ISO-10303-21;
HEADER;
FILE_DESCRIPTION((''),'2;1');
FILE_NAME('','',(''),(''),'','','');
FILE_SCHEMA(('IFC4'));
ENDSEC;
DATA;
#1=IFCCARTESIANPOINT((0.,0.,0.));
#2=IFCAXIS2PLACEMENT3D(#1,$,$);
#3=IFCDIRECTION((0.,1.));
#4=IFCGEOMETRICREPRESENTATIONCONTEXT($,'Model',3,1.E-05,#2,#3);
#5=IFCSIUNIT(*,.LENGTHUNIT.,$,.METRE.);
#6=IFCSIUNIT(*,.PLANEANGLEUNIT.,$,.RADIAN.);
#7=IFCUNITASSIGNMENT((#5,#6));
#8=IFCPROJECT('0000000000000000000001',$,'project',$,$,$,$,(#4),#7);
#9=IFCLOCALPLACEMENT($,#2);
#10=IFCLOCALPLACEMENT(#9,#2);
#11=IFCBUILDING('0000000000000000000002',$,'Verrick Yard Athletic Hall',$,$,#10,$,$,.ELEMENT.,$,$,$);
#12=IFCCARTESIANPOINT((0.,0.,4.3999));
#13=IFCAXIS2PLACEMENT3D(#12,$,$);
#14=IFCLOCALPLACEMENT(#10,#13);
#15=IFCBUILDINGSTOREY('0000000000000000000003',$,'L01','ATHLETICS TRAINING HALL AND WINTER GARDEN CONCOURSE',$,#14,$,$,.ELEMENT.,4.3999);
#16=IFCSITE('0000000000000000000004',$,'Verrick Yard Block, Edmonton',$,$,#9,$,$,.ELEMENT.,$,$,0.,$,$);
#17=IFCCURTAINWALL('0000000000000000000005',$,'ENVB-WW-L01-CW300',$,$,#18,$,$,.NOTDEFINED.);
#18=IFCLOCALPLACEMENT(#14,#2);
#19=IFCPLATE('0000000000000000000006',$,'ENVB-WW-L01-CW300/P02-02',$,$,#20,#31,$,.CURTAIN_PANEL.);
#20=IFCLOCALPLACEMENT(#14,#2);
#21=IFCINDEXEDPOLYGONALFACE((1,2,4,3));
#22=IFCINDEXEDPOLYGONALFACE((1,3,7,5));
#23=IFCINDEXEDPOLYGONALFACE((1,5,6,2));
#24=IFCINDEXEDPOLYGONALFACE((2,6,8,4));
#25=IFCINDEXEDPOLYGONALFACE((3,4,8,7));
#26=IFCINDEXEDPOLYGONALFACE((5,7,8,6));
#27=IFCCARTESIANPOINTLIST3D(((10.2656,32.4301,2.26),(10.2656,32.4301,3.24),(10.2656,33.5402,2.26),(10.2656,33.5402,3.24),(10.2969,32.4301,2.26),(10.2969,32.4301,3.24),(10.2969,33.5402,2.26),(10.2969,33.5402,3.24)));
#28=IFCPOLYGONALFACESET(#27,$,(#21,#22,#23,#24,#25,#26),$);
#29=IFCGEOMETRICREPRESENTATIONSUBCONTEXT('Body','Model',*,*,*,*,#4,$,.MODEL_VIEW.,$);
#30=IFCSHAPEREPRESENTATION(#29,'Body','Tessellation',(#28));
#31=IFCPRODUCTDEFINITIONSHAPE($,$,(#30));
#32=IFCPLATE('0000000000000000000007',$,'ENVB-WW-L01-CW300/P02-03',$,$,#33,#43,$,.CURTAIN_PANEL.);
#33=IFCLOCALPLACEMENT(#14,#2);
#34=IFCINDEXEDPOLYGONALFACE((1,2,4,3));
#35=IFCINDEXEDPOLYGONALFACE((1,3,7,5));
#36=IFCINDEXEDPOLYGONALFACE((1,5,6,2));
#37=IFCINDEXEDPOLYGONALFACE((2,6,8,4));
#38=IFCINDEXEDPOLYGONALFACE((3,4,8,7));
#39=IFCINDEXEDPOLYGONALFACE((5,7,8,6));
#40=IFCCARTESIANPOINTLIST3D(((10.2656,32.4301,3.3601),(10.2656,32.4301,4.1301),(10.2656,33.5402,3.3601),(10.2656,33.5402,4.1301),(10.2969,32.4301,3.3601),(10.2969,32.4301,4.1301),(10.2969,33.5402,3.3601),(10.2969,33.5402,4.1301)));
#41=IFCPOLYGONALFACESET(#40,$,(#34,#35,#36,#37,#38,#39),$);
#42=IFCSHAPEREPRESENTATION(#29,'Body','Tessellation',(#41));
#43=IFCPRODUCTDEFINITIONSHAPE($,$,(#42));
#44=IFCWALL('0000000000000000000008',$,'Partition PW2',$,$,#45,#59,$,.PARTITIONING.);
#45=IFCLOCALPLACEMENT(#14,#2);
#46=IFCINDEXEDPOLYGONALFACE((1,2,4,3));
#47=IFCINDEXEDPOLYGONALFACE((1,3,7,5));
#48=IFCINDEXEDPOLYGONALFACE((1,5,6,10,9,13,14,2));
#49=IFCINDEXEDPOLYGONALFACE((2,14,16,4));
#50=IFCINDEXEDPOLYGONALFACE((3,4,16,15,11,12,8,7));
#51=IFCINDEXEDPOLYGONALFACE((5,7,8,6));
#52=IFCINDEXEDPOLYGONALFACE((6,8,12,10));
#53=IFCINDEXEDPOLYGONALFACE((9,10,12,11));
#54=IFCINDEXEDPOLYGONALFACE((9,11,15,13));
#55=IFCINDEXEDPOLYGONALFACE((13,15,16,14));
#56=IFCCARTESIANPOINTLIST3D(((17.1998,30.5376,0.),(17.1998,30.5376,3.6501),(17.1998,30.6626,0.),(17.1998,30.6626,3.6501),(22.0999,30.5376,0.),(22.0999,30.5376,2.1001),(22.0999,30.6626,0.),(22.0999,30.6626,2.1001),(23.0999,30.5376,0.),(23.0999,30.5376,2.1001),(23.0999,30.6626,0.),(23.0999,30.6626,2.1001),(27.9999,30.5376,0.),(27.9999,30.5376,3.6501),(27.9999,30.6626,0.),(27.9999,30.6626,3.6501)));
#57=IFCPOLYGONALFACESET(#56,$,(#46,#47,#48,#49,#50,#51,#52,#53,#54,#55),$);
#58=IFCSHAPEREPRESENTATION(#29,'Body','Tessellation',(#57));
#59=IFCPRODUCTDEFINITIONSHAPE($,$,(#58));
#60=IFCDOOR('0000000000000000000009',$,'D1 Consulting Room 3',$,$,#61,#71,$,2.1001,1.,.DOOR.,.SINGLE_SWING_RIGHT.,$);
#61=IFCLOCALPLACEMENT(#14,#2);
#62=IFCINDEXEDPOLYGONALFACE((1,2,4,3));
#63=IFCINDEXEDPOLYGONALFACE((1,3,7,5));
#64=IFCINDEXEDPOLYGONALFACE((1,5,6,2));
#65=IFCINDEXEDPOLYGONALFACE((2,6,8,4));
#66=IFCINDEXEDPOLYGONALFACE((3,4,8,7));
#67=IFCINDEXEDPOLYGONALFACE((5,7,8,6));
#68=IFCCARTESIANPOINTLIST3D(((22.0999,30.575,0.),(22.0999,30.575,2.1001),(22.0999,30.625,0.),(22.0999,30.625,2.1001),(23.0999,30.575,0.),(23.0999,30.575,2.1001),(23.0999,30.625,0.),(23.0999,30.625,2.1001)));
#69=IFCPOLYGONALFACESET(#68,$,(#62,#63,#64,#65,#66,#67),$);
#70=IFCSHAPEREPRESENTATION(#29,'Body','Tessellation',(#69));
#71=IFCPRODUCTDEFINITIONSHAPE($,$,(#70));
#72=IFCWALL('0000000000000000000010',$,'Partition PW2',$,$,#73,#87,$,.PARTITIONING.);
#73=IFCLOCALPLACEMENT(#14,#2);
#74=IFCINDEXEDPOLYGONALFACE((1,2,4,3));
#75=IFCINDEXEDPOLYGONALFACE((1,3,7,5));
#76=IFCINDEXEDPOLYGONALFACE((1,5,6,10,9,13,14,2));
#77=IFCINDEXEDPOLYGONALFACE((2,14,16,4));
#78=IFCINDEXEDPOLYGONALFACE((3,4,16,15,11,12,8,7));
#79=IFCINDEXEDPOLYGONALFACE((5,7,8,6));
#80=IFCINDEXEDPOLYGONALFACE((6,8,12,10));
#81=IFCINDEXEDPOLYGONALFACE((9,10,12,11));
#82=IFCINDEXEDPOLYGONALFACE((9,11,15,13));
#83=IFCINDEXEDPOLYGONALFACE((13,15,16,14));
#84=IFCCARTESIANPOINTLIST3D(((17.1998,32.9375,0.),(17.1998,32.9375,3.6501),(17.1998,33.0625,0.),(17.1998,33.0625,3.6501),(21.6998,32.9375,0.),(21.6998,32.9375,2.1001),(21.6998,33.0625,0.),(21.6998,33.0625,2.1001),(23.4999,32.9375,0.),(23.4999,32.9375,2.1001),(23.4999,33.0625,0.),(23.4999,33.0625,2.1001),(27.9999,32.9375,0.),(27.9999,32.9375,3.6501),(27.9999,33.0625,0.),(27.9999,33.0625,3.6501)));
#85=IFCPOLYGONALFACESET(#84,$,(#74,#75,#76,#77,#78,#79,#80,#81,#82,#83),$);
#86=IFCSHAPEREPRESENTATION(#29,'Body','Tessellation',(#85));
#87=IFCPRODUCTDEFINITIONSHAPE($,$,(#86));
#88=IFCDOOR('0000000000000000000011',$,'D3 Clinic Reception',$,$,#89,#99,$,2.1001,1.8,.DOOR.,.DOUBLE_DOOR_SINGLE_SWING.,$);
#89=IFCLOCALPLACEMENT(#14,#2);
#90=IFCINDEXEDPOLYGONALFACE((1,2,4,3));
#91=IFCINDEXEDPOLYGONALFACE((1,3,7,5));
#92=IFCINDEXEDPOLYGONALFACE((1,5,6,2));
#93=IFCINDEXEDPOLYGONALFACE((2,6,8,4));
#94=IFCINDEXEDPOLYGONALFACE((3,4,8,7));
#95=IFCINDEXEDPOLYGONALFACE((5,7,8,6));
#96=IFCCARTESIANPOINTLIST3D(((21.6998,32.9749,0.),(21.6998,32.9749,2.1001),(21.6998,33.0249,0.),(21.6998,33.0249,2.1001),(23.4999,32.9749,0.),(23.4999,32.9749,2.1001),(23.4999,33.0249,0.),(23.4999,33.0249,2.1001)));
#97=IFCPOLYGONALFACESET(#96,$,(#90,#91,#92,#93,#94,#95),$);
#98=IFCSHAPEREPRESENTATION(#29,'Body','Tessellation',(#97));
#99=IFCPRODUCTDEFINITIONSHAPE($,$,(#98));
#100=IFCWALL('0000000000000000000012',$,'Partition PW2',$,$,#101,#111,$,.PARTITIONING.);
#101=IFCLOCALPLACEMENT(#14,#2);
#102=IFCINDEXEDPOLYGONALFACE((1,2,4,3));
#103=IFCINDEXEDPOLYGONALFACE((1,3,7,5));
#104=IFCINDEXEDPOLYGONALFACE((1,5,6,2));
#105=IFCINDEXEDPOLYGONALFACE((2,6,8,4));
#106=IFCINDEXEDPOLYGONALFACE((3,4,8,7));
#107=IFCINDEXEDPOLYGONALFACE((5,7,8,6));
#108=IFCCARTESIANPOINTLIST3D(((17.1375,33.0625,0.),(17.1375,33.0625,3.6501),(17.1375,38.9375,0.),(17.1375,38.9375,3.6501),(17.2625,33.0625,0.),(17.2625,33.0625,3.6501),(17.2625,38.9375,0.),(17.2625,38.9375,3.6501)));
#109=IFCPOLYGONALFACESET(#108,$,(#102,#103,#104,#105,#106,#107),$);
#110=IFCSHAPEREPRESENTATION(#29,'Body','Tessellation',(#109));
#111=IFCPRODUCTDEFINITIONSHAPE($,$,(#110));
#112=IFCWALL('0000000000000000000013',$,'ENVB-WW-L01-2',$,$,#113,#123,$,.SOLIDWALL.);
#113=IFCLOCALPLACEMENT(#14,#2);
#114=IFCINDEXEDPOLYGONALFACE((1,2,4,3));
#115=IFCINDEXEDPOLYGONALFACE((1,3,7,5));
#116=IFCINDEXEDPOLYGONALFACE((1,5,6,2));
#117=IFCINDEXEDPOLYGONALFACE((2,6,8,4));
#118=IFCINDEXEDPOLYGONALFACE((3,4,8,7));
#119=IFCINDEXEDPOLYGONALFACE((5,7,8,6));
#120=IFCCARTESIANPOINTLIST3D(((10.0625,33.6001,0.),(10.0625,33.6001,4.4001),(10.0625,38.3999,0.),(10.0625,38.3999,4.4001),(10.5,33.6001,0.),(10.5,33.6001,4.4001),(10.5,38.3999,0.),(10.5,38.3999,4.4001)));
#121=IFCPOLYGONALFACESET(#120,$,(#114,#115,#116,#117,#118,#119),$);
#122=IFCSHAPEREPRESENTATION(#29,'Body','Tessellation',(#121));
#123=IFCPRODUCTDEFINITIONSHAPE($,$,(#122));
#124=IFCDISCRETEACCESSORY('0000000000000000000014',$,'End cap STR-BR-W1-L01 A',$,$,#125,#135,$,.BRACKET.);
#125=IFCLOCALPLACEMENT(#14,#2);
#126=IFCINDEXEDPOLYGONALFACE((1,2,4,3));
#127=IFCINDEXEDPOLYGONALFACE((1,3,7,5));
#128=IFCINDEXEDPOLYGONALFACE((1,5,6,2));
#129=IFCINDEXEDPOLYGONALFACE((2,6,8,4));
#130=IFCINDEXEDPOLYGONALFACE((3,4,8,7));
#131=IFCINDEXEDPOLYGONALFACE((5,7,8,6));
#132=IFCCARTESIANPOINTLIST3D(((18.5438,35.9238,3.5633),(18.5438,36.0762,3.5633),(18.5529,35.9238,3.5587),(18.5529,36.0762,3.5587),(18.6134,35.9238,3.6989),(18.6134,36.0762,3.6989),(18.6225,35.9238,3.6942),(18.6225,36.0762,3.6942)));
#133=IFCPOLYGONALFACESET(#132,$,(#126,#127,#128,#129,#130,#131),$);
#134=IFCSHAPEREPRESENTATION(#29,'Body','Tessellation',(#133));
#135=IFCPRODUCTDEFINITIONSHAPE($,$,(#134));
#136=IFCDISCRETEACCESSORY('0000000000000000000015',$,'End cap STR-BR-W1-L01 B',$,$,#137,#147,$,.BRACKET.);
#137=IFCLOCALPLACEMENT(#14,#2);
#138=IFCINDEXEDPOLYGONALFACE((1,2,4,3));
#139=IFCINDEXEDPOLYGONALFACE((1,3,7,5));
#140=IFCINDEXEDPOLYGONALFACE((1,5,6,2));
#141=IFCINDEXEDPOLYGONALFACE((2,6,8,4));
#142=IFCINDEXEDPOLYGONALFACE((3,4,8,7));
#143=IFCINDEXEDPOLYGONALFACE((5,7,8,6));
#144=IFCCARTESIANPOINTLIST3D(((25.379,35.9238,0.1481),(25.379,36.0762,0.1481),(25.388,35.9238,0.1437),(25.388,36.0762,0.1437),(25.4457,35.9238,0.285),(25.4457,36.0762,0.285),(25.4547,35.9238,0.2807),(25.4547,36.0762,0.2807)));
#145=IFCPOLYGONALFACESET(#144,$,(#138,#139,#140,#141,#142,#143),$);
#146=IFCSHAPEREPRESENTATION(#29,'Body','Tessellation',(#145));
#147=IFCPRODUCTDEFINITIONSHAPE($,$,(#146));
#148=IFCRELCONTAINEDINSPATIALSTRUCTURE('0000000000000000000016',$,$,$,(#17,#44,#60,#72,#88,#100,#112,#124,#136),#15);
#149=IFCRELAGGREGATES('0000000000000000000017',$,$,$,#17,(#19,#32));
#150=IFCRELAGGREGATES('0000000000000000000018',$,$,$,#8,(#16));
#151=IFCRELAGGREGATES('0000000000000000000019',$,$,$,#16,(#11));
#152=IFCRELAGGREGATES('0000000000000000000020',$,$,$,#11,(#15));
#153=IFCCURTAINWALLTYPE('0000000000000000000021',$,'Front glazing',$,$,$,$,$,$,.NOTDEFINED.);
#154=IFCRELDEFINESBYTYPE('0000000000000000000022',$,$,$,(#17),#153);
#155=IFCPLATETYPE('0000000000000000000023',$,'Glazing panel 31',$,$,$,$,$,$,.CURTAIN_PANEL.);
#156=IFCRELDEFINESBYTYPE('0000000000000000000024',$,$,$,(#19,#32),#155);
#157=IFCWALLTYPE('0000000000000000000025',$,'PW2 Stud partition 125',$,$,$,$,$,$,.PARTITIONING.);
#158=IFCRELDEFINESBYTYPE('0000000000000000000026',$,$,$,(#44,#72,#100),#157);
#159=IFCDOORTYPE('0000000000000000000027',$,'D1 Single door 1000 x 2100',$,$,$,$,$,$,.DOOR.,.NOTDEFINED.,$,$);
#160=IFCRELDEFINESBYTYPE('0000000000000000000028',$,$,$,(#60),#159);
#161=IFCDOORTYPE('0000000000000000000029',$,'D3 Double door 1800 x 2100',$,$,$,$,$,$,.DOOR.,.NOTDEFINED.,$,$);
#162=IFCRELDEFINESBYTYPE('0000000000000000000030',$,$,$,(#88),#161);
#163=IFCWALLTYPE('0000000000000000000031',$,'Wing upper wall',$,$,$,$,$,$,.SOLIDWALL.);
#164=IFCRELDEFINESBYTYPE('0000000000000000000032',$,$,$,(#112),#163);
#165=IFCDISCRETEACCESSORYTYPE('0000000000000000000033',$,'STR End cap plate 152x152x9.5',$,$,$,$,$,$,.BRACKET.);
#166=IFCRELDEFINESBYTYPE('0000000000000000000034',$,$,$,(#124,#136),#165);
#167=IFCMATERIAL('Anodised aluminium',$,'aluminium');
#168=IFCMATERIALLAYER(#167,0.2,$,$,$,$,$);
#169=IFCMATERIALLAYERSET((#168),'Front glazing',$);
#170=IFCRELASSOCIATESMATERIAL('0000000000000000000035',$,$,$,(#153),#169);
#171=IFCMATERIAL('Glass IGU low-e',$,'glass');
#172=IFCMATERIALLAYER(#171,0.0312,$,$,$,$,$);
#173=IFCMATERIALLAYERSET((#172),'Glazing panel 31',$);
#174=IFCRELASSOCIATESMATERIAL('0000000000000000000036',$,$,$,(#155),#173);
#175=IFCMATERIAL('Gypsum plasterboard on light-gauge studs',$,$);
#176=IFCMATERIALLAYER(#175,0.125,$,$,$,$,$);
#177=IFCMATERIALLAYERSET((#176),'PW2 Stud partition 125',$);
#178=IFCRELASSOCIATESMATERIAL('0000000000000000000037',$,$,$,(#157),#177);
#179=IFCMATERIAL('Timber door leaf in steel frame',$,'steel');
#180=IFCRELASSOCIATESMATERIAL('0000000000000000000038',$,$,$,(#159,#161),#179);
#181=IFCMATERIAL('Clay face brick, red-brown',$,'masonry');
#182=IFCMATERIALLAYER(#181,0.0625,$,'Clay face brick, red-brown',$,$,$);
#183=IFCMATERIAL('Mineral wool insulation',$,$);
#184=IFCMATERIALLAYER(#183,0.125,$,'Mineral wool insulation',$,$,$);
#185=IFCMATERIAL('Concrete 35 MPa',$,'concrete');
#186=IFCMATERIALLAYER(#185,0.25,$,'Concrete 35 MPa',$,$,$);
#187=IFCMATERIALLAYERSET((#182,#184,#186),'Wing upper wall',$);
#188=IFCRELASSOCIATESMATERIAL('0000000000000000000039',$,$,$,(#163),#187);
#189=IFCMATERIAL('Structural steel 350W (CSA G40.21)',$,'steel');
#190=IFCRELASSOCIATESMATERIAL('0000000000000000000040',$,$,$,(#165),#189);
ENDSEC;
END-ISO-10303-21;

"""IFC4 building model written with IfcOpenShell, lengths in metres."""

from ifc_helpers import new_model, si_unit, direction, frame, frame_2d, origin, origin_2d, place, context, subcontext, project, spatial, rectangle, extrude, material, layer, layer_set, material_profile, profile_set, type_object, element, fill, aggregate, save


model = new_model("IFC4")

# Units and contexts
model_context = context("Model", 3, precision=1e-05, world=origin(), true_north=direction((0.0, 1.0)))
body_context = subcontext(model_context, "Body", "Model", "MODEL_VIEW")
ifc_project = project(units=[si_unit("LENGTHUNIT", "METRE"), si_unit("PLANEANGLEUNIT", "RADIAN")], contexts=[model_context])

# Site, building, storey
site_placement = place(None, origin())
site = spatial("IfcSite", under=ifc_project, at=site_placement, Name="Verrick Yard Block, Edmonton", CompositionType="ELEMENT", RefElevation=0.0)
building_placement = place(site_placement, origin())
building = spatial("IfcBuilding", under=site, at=building_placement, Name="Verrick Yard Athletic Hall", CompositionType="ELEMENT")
storey_placement = place(building_placement, frame((0.0, 0.0, 4.3999)))
storey = spatial("IfcBuildingStorey", under=building, at=storey_placement, Name="L01", Description="ATHLETICS TRAINING HALL AND WINTER GARDEN CONCOURSE", CompositionType="ELEMENT", Elevation=4.3999)

# Shared definitions
ifc_material_1 = material(Name="Structural steel 350W (CSA G40.21)", Category="steel")

# Curtain wall
ifc_material_2 = material(Name="Anodised aluminium", Category="aluminium")
ifc_layer_1 = layer(ifc_material_2, 0.2)
ifc_layer_set_1 = layer_set([ifc_layer_1], Name="Front glazing")
curtain_wall_type = type_object("IfcCurtainWallType", Name="Front glazing", PredefinedType="NOTDEFINED", material=ifc_layer_set_1)
curtain_wall_1_placement = place(storey_placement, origin())
curtain_wall_1 = element("IfcCurtainWall", 1, at=curtain_wall_1_placement, inside=storey, type_object=curtain_wall_type, Name="ENVB-WW-L01-CW300", PredefinedType="NOTDEFINED")

# Plates
ifc_material_3 = material(Name="Glass IGU low-e", Category="glass")
ifc_layer_2 = layer(ifc_material_3, 0.0312)
ifc_layer_set_2 = layer_set([ifc_layer_2], Name="Glazing panel 31")
plate_type = type_object("IfcPlateType", Name="Glazing panel 31", PredefinedType="CURTAIN_PANEL", material=ifc_layer_set_2)
plate_1_placement = place(storey_placement, frame((10.2812, 32.9851, 2.26), z_axis=(0.0, 0.0, 1.0), x_axis=(0.0, 1.0, 0.0)))
plate_1 = element("IfcPlate", 2, at=plate_1_placement, type_object=plate_type, Name="ENVB-WW-L01-CW300/P02-02", PredefinedType="CURTAIN_PANEL", context=body_context, shape_type="SweptSolid", body=[
    extrude(rectangle(XDim=1.1101, YDim=0.0312, at=origin_2d()), origin(), (0.0, 0.0, 1.0), 0.98),
])
plate_2_placement = place(storey_placement, frame((10.2812, 32.9851, 3.3601), z_axis=(0.0, 0.0, 1.0), x_axis=(0.0, 1.0, 0.0)))
plate_2 = element("IfcPlate", 3, at=plate_2_placement, type_object=plate_type, Name="ENVB-WW-L01-CW300/P02-03", PredefinedType="CURTAIN_PANEL", context=body_context, shape_type="SweptSolid", body=[
    extrude(rectangle(XDim=1.1101, YDim=0.0312, at=origin_2d()), origin(), (0.0, 0.0, 1.0), 0.77),
])
aggregate(curtain_wall_1, [plate_1, plate_2])

# Walls, openings, doors
ifc_material_4 = material(Name="Gypsum plasterboard on light-gauge studs")
ifc_layer_3 = layer(ifc_material_4, 0.125)
ifc_layer_set_3 = layer_set([ifc_layer_3], Name="PW2 Stud partition 125")
wall_type_1 = type_object("IfcWallType", Name="PW2 Stud partition 125", PredefinedType="PARTITIONING", material=ifc_layer_set_3)
wall_1_placement = place(storey_placement, frame((17.2, 30.6001, 0.0), z_axis=(0.0, 0.0, 1.0), x_axis=(1.0, 0.0, 0.0)))
wall_1 = element("IfcWall", 4, at=wall_1_placement, inside=storey, type_object=wall_type_1, Name="Partition PW2", PredefinedType="PARTITIONING", context=body_context, shape_type="SweptSolid", body=[
    extrude(rectangle(XDim=10.8, YDim=0.125, at=frame_2d((5.3999, 0.0))), origin(), (0.0, 0.0, 1.0), 3.6501),
])
opening_1_placement = place(wall_1_placement, frame((4.8999, 0.0, 0.0)))
opening_1 = element("IfcOpeningElement", 5, at=opening_1_placement, cuts=wall_1, PredefinedType="OPENING", context=body_context, shape_type="SweptSolid", body=[
    extrude(rectangle(XDim=1.0, YDim=2.1001, at=frame_2d((0.5, 1.05))), frame((0.0, 0.0725, 0.0), z_axis=(0.0, -1.0, 0.0), x_axis=(1.0, 0.0, 0.0)), (0.0, 0.0, 1.0), 0.145),
])
ifc_material_5 = material(Name="Timber door leaf in steel frame", Category="steel")
door_type_1 = type_object("IfcDoorType", Name="D1 Single door 1000 x 2100", OperationType="NOTDEFINED", PredefinedType="DOOR", material=ifc_material_5)
door_1_placement = place(opening_1_placement, origin())
door_1 = element("IfcDoor", 6, at=door_1_placement, inside=storey, type_object=door_type_1, Name="D1 Consulting Room 3", OperationType="SINGLE_SWING_RIGHT", OverallHeight=2.1001, OverallWidth=1.0, PredefinedType="DOOR", context=body_context, shape_type="SweptSolid", body=[
    extrude(rectangle(XDim=1.0, YDim=2.1001, at=frame_2d((0.5, 1.05))), frame((0.0, 0.0249, 0.0), z_axis=(0.0, -1.0, 0.0), x_axis=(1.0, 0.0, 0.0)), (0.0, 0.0, 1.0), 0.05),
])
fill(opening_1, door_1)
wall_2_placement = place(storey_placement, frame((17.2, 33.0, 0.0), z_axis=(0.0, 0.0, 1.0), x_axis=(1.0, 0.0, 0.0)))
wall_2 = element("IfcWall", 7, at=wall_2_placement, inside=storey, type_object=wall_type_1, Name="Partition PW2", PredefinedType="PARTITIONING", context=body_context, shape_type="SweptSolid", body=[
    extrude(rectangle(XDim=10.8, YDim=0.125, at=frame_2d((5.3999, 0.0))), origin(), (0.0, 0.0, 1.0), 3.6501),
])
opening_2_placement = place(wall_2_placement, frame((4.5, 0.0, 0.0)))
opening_2 = element("IfcOpeningElement", 8, at=opening_2_placement, cuts=wall_2, PredefinedType="OPENING", context=body_context, shape_type="SweptSolid", body=[
    extrude(rectangle(XDim=1.8, YDim=2.1001, at=frame_2d((0.8999, 1.05))), frame((0.0, 0.0725, 0.0), z_axis=(0.0, -1.0, 0.0), x_axis=(1.0, 0.0, 0.0)), (0.0, 0.0, 1.0), 0.145),
])
door_type_2 = type_object("IfcDoorType", Name="D3 Double door 1800 x 2100", OperationType="NOTDEFINED", PredefinedType="DOOR", material=ifc_material_5)
door_2_placement = place(opening_2_placement, origin())
door_2 = element("IfcDoor", 9, at=door_2_placement, inside=storey, type_object=door_type_2, Name="D3 Clinic Reception", OperationType="DOUBLE_DOOR_SINGLE_SWING", OverallHeight=2.1001, OverallWidth=1.8, PredefinedType="DOOR", context=body_context, shape_type="SweptSolid", body=[
    extrude(rectangle(XDim=1.8, YDim=2.1001, at=frame_2d((0.8999, 1.05))), frame((0.0, 0.0249, 0.0), z_axis=(0.0, -1.0, 0.0), x_axis=(1.0, 0.0, 0.0)), (0.0, 0.0, 1.0), 0.05),
])
fill(opening_2, door_2)

# Walls
wall_3_placement = place(storey_placement, frame((17.2, 33.0625, 0.0), z_axis=(0.0, 0.0, 1.0), x_axis=(0.0, 1.0, 0.0)))
element("IfcWall", 10, at=wall_3_placement, inside=storey, type_object=wall_type_1, Name="Partition PW2", PredefinedType="PARTITIONING", context=body_context, shape_type="SweptSolid", body=[
    extrude(rectangle(XDim=5.875, YDim=0.125, at=frame_2d((2.9375, 0.0))), origin(), (0.0, 0.0, 1.0), 3.6501),
])
ifc_material_6 = material(Name="Clay face brick, red-brown", Category="masonry")
ifc_layer_4 = layer(ifc_material_6, 0.0625, Name="Clay face brick, red-brown")
ifc_material_7 = material(Name="Mineral wool insulation")
ifc_layer_5 = layer(ifc_material_7, 0.125, Name="Mineral wool insulation")
ifc_material_8 = material(Name="Concrete 35 MPa", Category="concrete")
ifc_layer_6 = layer(ifc_material_8, 0.25, Name="Concrete 35 MPa")
ifc_layer_set_4 = layer_set([ifc_layer_4, ifc_layer_5, ifc_layer_6], Name="Wing upper wall")
wall_type_2 = type_object("IfcWallType", Name="Wing upper wall", PredefinedType="SOLIDWALL", material=ifc_layer_set_4)
wall_4_placement = place(storey_placement, frame((10.2812, 33.6001, 0.0), z_axis=(0.0, 0.0, 1.0), x_axis=(0.0, 1.0, 0.0)))
element("IfcWall", 11, at=wall_4_placement, inside=storey, type_object=wall_type_2, Name="ENVB-WW-L01-2", PredefinedType="SOLIDWALL", context=body_context, shape_type="SweptSolid", body=[
    extrude(rectangle(XDim=4.7998, YDim=0.4375, at=frame_2d((2.3999, 0.0))), origin(), (0.0, 0.0, 1.0), 4.4001),
])

# Discrete accessories
ifc_material_profile_1 = material_profile(ifc_material_1, rectangle(XDim=0.1523, YDim=0.1523, at=origin_2d()), Name="STR End cap plate 152x152x9.5")
ifc_profile_set_1 = profile_set([ifc_material_profile_1], Name="Structural steel 350W (CSA G40.21)")
discrete_accessory_type = type_object("IfcDiscreteAccessoryType", Name="STR End cap plate 152x152x9.5", PredefinedType="BRACKET", material=ifc_profile_set_1)
discrete_accessory_1_placement = place(storey_placement, frame((18.5786, 36.0, 3.6311), z_axis=(0.889567, 0.0, -0.456805), x_axis=(0.0, 1.0, 0.0)))
element("IfcDiscreteAccessory", 12, at=discrete_accessory_1_placement, inside=storey, type_object=discrete_accessory_type, Name="End cap STR-BR-W1-L01 A", PredefinedType="BRACKET", context=body_context, shape_type="SweptSolid", body=[
    extrude(rectangle(XDim=0.1523, YDim=0.1523, at=origin_2d()), origin(), (0.0, 0.0, 1.0), 0.0103),
])
discrete_accessory_2_placement = place(storey_placement, frame((25.4124, 36.0, 0.2166), z_axis=(0.899235, 0.0, -0.437466), x_axis=(0.0, 1.0, 0.0)))
element("IfcDiscreteAccessory", 13, at=discrete_accessory_2_placement, inside=storey, type_object=discrete_accessory_type, Name="End cap STR-BR-W1-L01 B", PredefinedType="BRACKET", context=body_context, shape_type="SweptSolid", body=[
    extrude(rectangle(XDim=0.1523, YDim=0.1523, at=origin_2d()), origin(), (0.0, 0.0, 1.0), 0.01),
])

save(model, "model.ifc")
